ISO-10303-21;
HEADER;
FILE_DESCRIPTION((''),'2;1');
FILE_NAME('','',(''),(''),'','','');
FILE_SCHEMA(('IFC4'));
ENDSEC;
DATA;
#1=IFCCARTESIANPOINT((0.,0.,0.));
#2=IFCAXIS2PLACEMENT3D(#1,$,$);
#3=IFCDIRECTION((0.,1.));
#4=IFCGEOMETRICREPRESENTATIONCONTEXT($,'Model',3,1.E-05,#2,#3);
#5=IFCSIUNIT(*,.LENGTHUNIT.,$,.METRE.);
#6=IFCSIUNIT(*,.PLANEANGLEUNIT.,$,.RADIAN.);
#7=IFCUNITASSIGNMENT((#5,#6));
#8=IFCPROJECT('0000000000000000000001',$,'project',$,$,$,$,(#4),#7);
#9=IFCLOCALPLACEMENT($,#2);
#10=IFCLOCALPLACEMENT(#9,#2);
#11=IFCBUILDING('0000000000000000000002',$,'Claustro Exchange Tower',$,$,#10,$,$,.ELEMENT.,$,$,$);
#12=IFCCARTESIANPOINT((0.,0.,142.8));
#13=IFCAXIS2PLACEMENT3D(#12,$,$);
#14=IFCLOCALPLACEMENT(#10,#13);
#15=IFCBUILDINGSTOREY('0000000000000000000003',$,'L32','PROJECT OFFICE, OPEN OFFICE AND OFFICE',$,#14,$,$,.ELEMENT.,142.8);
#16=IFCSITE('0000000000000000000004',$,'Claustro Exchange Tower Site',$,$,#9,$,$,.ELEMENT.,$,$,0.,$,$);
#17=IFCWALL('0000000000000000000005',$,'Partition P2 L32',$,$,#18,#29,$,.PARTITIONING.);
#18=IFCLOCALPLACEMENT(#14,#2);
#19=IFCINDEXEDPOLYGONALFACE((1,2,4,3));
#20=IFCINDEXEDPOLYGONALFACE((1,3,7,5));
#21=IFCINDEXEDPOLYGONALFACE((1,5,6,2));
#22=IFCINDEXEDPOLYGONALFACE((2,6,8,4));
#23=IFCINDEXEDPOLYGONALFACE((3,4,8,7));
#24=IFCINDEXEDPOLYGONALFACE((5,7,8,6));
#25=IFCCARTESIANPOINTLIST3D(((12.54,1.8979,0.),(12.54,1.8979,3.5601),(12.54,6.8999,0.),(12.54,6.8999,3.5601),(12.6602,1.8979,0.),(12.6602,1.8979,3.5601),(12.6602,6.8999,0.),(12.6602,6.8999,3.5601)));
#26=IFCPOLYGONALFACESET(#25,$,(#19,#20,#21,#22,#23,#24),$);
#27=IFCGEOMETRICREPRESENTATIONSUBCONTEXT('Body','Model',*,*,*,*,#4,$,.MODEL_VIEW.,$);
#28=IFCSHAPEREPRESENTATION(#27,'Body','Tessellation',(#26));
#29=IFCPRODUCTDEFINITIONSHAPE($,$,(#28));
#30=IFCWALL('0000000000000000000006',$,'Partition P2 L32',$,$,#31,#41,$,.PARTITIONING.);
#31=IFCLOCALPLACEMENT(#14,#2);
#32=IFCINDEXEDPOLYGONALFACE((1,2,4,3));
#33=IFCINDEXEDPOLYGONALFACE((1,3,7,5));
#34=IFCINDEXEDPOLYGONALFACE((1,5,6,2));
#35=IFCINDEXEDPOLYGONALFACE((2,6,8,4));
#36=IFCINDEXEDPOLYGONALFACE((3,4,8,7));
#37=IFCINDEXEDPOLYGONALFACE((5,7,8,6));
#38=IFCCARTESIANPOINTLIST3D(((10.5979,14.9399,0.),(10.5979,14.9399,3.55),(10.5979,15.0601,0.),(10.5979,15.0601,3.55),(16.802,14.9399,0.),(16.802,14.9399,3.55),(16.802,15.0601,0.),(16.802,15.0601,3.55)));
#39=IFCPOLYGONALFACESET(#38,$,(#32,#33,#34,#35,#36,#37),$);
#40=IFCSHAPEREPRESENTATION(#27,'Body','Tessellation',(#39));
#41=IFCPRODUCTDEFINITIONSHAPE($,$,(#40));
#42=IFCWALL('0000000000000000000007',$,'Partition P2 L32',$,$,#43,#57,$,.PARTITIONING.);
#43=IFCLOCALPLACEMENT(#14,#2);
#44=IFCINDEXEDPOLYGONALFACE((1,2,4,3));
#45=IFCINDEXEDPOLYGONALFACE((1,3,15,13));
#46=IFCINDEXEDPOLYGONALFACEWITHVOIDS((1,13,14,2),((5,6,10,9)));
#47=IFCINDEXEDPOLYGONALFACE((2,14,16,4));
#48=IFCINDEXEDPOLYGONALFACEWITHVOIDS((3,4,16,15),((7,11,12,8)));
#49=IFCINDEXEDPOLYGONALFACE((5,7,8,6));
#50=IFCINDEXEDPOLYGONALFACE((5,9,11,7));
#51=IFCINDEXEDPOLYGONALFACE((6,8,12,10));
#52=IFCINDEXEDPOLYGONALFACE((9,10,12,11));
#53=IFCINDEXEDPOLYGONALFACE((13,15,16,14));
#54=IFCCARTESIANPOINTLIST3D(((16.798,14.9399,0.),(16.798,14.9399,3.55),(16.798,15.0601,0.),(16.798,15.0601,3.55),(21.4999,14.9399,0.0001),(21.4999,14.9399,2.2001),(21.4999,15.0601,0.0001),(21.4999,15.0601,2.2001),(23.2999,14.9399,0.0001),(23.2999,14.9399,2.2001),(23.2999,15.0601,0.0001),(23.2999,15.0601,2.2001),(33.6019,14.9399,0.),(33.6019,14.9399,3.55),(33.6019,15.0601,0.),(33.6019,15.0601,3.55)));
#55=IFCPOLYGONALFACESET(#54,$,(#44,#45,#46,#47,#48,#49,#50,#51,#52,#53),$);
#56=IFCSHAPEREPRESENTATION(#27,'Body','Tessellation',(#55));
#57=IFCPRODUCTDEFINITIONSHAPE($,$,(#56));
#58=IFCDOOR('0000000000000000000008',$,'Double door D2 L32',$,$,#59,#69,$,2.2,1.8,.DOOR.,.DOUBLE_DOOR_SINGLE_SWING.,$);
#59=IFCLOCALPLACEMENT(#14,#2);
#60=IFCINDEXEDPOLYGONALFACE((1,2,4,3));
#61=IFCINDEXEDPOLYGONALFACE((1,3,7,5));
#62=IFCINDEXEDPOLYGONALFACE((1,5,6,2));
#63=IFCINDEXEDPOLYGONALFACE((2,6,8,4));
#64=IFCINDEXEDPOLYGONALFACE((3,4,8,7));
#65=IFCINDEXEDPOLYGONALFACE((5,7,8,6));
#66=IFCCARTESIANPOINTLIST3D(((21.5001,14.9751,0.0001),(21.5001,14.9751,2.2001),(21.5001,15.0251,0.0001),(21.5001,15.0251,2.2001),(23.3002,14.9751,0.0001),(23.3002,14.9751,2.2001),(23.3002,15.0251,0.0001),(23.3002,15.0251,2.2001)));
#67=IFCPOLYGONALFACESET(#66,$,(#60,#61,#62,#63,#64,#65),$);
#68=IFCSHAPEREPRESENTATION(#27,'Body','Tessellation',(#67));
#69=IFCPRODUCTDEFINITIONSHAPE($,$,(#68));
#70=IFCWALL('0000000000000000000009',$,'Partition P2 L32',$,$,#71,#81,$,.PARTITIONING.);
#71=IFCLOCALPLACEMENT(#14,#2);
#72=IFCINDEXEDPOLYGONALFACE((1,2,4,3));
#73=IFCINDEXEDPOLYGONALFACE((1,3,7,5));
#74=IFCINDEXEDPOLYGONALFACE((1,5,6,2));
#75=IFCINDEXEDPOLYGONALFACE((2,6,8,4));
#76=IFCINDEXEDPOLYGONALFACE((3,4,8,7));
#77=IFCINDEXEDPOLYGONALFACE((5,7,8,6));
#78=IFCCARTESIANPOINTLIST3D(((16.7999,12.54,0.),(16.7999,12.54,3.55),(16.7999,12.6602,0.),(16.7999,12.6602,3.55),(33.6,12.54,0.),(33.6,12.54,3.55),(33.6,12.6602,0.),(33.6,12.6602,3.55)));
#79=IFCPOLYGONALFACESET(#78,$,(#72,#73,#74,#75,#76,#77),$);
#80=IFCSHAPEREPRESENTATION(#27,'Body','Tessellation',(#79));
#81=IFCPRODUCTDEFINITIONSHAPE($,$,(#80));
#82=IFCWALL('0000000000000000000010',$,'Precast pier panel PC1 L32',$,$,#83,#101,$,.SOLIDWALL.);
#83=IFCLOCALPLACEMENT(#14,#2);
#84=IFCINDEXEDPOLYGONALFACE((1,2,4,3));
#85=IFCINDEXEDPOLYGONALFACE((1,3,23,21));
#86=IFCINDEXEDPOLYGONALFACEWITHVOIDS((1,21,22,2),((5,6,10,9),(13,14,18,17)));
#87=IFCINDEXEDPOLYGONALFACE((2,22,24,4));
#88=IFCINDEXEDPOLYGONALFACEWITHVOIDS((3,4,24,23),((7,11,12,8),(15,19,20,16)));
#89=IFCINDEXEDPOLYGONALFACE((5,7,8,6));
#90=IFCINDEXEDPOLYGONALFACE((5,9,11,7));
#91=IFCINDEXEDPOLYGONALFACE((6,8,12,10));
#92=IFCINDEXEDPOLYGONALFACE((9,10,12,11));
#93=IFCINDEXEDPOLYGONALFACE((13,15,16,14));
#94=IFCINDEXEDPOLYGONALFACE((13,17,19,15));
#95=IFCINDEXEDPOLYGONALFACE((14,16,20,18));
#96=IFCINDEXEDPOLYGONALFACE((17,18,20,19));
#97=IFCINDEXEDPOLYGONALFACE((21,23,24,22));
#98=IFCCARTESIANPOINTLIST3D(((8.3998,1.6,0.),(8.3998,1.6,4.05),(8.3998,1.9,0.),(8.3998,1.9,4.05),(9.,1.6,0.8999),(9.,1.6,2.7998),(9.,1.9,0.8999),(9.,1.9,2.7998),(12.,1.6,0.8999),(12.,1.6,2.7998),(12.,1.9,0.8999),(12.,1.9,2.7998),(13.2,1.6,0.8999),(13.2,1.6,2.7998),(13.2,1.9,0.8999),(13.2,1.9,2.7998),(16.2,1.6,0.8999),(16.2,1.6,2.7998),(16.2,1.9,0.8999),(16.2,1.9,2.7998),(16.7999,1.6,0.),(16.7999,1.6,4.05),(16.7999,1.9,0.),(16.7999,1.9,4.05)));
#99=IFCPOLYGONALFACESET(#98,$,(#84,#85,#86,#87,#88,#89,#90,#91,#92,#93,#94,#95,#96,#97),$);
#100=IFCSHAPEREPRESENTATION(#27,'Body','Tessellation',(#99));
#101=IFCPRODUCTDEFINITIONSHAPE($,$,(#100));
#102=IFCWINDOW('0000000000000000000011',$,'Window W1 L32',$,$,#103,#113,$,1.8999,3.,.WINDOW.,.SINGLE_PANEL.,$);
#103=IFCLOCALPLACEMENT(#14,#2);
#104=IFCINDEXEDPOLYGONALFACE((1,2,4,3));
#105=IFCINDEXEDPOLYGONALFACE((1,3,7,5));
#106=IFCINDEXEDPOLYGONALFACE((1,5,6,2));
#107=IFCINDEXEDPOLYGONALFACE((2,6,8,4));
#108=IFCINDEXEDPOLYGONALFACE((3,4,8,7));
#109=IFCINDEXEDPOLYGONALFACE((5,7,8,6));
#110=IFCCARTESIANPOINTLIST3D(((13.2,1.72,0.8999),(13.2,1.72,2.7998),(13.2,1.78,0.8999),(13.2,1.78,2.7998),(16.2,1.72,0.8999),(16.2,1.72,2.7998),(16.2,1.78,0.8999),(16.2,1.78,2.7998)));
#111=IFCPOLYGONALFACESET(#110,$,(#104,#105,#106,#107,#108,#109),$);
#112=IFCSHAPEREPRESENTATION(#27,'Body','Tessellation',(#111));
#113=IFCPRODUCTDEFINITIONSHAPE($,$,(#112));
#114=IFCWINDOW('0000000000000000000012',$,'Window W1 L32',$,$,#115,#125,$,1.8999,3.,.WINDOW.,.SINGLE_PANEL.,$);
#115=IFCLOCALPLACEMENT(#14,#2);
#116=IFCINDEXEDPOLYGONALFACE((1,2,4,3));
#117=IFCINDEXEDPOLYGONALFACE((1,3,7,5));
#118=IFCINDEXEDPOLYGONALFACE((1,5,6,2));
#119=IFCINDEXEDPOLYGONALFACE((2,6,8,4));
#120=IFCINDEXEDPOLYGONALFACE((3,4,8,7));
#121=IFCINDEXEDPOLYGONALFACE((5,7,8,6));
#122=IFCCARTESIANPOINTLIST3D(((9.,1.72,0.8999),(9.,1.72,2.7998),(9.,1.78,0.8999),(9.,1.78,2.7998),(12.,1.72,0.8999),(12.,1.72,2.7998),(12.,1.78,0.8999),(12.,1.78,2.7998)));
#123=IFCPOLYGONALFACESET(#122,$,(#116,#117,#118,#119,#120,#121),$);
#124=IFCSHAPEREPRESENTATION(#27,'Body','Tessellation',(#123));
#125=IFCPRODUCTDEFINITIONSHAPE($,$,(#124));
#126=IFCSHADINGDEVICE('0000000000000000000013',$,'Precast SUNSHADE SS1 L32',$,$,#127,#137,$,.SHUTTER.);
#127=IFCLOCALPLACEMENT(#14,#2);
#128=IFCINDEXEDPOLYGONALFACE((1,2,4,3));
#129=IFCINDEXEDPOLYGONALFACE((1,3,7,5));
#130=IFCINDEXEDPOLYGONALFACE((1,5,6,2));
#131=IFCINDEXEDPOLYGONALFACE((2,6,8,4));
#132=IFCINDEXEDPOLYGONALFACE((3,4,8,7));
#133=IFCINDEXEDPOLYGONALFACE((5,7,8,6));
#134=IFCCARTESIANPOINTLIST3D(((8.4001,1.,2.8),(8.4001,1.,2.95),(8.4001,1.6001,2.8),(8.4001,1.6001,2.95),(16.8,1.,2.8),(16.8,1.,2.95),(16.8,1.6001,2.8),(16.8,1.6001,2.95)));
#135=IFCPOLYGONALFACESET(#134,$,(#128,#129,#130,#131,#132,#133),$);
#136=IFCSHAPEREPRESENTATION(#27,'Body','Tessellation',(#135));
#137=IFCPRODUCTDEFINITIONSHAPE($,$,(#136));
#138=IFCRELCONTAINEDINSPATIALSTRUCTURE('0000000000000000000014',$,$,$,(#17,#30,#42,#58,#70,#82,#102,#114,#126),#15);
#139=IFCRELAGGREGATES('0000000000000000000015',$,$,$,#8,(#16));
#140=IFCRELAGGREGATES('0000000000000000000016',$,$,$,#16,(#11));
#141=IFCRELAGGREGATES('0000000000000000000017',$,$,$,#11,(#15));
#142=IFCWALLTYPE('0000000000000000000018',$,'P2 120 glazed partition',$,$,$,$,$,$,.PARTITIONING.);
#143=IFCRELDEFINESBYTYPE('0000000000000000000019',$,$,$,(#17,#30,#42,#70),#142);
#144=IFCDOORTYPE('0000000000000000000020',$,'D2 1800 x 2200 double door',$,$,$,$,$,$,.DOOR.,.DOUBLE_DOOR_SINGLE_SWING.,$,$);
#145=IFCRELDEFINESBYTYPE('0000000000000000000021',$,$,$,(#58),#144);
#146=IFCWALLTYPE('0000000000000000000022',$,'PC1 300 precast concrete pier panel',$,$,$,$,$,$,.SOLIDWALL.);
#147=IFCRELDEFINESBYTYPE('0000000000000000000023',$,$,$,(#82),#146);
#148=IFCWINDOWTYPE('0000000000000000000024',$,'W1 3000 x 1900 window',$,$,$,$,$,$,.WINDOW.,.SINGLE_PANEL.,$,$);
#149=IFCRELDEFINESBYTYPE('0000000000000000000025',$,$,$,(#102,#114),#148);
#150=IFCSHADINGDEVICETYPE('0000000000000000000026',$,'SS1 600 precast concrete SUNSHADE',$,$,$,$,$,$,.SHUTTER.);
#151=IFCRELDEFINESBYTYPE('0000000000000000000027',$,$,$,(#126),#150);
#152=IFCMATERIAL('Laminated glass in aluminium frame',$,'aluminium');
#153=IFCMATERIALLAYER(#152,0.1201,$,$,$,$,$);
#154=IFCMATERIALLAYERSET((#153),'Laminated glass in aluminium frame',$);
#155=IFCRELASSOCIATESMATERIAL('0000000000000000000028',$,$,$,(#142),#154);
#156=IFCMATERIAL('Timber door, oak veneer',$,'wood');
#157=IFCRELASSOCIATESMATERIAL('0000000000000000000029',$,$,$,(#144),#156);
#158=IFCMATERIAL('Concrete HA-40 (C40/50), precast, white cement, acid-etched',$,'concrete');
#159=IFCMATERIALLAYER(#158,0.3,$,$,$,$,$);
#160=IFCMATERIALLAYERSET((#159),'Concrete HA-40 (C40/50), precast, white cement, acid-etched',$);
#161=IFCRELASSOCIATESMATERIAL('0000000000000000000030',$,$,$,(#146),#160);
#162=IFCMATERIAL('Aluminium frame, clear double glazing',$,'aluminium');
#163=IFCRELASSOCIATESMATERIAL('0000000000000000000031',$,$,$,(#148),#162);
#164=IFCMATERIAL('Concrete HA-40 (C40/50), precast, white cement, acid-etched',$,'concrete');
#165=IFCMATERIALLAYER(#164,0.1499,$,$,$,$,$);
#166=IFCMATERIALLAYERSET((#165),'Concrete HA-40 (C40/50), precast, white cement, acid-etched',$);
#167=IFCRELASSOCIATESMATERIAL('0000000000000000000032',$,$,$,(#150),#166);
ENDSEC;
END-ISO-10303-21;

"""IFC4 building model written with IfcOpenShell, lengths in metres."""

from ifc_helpers import new_model, si_unit, direction, frame, frame_2d, origin, origin_2d, place, context, subcontext, project, spatial, rectangle, extrude, material, layer, layer_set, type_object, element, fill, save


model = new_model("IFC4")

# Units and contexts
model_context = context("Model", 3, precision=1e-05, world=origin(), true_north=direction((0.0, 1.0)))
body_context = subcontext(model_context, "Body", "Model", "MODEL_VIEW")
ifc_project = project(units=[si_unit("LENGTHUNIT", "METRE"), si_unit("PLANEANGLEUNIT", "RADIAN")], contexts=[model_context])

# Site, building, storey
site_placement = place(None, origin())
site = spatial("IfcSite", under=ifc_project, at=site_placement, Name="Claustro Exchange Tower Site", CompositionType="ELEMENT", RefElevation=0.0)
building_placement = place(site_placement, origin())
building = spatial("IfcBuilding", under=site, at=building_placement, Name="Claustro Exchange Tower", CompositionType="ELEMENT")
storey_placement = place(building_placement, frame((0.0, 0.0, 142.8)))
storey = spatial("IfcBuildingStorey", under=building, at=storey_placement, Name="L32", Description="PROJECT OFFICE, OPEN OFFICE AND OFFICE", CompositionType="ELEMENT", Elevation=142.8)

# Walls
ifc_material_1 = material(Name="Laminated glass in aluminium frame", Category="aluminium")
ifc_layer_1 = layer(ifc_material_1, 0.1201)
ifc_layer_set_1 = layer_set([ifc_layer_1], Name="Laminated glass in aluminium frame")
wall_type_1 = type_object("IfcWallType", Name="P2 120 glazed partition", PredefinedType="PARTITIONING", material=ifc_layer_set_1)
wall_1_placement = place(storey_placement, frame((12.6001, 1.8979, 0.0), z_axis=(0.0, 0.0, 1.0), x_axis=(0.0, 1.0, 0.0)))
element("IfcWall", 1, at=wall_1_placement, inside=storey, type_object=wall_type_1, Name="Partition P2 L32", PredefinedType="PARTITIONING", context=body_context, shape_type="SweptSolid", body=[
    extrude(rectangle(XDim=5.002, YDim=0.1201, at=frame_2d((2.501, 0.0))), origin(), (0.0, 0.0, 1.0), 3.5601),
])
wall_2_placement = place(storey_placement, frame((10.5979, 15.0, 0.0), z_axis=(0.0, 0.0, 1.0), x_axis=(1.0, 0.0, 0.0)))
element("IfcWall", 2, at=wall_2_placement, inside=storey, type_object=wall_type_1, Name="Partition P2 L32", PredefinedType="PARTITIONING", context=body_context, shape_type="SweptSolid", body=[
    extrude(rectangle(XDim=6.2041, YDim=0.1201, at=frame_2d((3.1021, 0.0))), origin(), (0.0, 0.0, 1.0), 3.55),
])

# Wall, opening, door
wall_3_placement = place(storey_placement, frame((16.7981, 15.0, 0.0), z_axis=(0.0, 0.0, 1.0), x_axis=(1.0, 0.0, 0.0)))
wall_3 = element("IfcWall", 3, at=wall_3_placement, inside=storey, type_object=wall_type_1, Name="Partition P2 L32", PredefinedType="PARTITIONING", context=body_context, shape_type="SweptSolid", body=[
    extrude(rectangle(XDim=16.804, YDim=0.1201, at=frame_2d((8.4019, 0.0))), origin(), (0.0, 0.0, 1.0), 3.55),
])
opening_1_placement = place(wall_3_placement, frame((4.7019, 0.0, 0.0)))
opening_1 = element("IfcOpeningElement", 4, at=opening_1_placement, cuts=wall_3, PredefinedType="OPENING", context=body_context, shape_type="SweptSolid", body=[
    extrude(rectangle(XDim=1.8, YDim=2.2, at=frame_2d((0.8999, 1.1001))), frame((0.0, 0.0701, 0.0), z_axis=(0.0, -1.0, 0.0), x_axis=(1.0, 0.0, 0.0)), (0.0, 0.0, 1.0), 0.1401),
])
ifc_material_2 = material(Name="Timber door, oak veneer", Category="wood")
door_type_1 = type_object("IfcDoorType", Name="D2 1800 x 2200 double door", OperationType="DOUBLE_DOOR_SINGLE_SWING", PredefinedType="DOOR", material=ifc_material_2)
door_1_placement = place(opening_1_placement, frame((1.8, 0.0, 0.0), z_axis=(0.0, 0.0, 1.0), x_axis=(-1.0, 0.0, 0.0)))
door_1 = element("IfcDoor", 5, at=door_1_placement, inside=storey, type_object=door_type_1, Name="Double door D2 L32", OperationType="DOUBLE_DOOR_SINGLE_SWING", OverallHeight=2.2, OverallWidth=1.8, PredefinedType="DOOR", context=body_context, shape_type="SweptSolid", body=[
    extrude(rectangle(XDim=1.8, YDim=2.2, at=frame_2d((0.8999, 1.1001))), frame((0.0, 0.0249, 0.0), z_axis=(0.0, -1.0, 0.0), x_axis=(1.0, 0.0, 0.0)), (0.0, 0.0, 1.0), 0.05),
])
fill(opening_1, door_1)

# Wall
wall_4_placement = place(storey_placement, frame((16.8, 12.6001, 0.0), z_axis=(0.0, 0.0, 1.0), x_axis=(1.0, 0.0, 0.0)))
element("IfcWall", 6, at=wall_4_placement, inside=storey, type_object=wall_type_1, Name="Partition P2 L32", PredefinedType="PARTITIONING", context=body_context, shape_type="SweptSolid", body=[
    extrude(rectangle(XDim=16.8, YDim=0.1201, at=frame_2d((8.3999, 0.0))), origin(), (0.0, 0.0, 1.0), 3.55),
])

# Wall, openings, windows
ifc_material_3 = material(Name="Concrete HA-40 (C40/50), precast, white cement, acid-etched", Category="concrete")
ifc_layer_2 = layer(ifc_material_3, 0.3)
ifc_layer_set_2 = layer_set([ifc_layer_2], Name="Concrete HA-40 (C40/50), precast, white cement, acid-etched")
wall_type_2 = type_object("IfcWallType", Name="PC1 300 precast concrete pier panel", PredefinedType="SOLIDWALL", material=ifc_layer_set_2)
wall_5_placement = place(storey_placement, frame((16.8, 1.75, 0.0), z_axis=(0.0, 0.0, 1.0), x_axis=(-1.0, 0.0, 0.0)))
wall_5 = element("IfcWall", 7, at=wall_5_placement, inside=storey, type_object=wall_type_2, Name="Precast pier panel PC1 L32", PredefinedType="SOLIDWALL", context=body_context, shape_type="SweptSolid", body=[
    extrude(rectangle(XDim=8.4001, YDim=0.3, at=frame_2d((4.2002, 0.0))), origin(), (0.0, 0.0, 1.0), 4.05),
])
opening_2_placement = place(wall_5_placement, frame((0.6001, 0.0, 0.8999)))
opening_2 = element("IfcOpeningElement", 8, at=opening_2_placement, cuts=wall_5, PredefinedType="OPENING", context=body_context, shape_type="SweptSolid", body=[
    extrude(rectangle(XDim=3.0, YDim=1.8999, at=frame_2d((1.5, 0.95))), frame((0.0, 0.1599, 0.0), z_axis=(0.0, -1.0, 0.0), x_axis=(1.0, 0.0, 0.0)), (0.0, 0.0, 1.0), 0.3201),
])
opening_3_placement = place(wall_5_placement, frame((4.8, 0.0, 0.8999)))
opening_3 = element("IfcOpeningElement", 9, at=opening_3_placement, cuts=wall_5, PredefinedType="OPENING", context=body_context, shape_type="SweptSolid", body=[
    extrude(rectangle(XDim=3.0, YDim=1.8999, at=frame_2d((1.5, 0.95))), frame((0.0, 0.1599, 0.0), z_axis=(0.0, -1.0, 0.0), x_axis=(1.0, 0.0, 0.0)), (0.0, 0.0, 1.0), 0.3201),
])
ifc_material_4 = material(Name="Aluminium frame, clear double glazing", Category="aluminium")
window_type = type_object("IfcWindowType", Name="W1 3000 x 1900 window", PartitioningType="SINGLE_PANEL", PredefinedType="WINDOW", material=ifc_material_4)
window_1_placement = place(opening_2_placement, origin())
window_1 = element("IfcWindow", 10, at=window_1_placement, inside=storey, type_object=window_type, Name="Window W1 L32", OverallHeight=1.8999, OverallWidth=3.0, PartitioningType="SINGLE_PANEL", PredefinedType="WINDOW", context=body_context, shape_type="SweptSolid", body=[
    extrude(rectangle(XDim=3.0, YDim=1.8999, at=frame_2d((1.5, 0.95))), frame((0.0, 0.03, 0.0), z_axis=(0.0, -1.0, 0.0), x_axis=(1.0, 0.0, 0.0)), (0.0, 0.0, 1.0), 0.0601),
])
fill(opening_2, window_1)
window_2_placement = place(opening_3_placement, origin())
window_2 = element("IfcWindow", 11, at=window_2_placement, inside=storey, type_object=window_type, Name="Window W1 L32", OverallHeight=1.8999, OverallWidth=3.0, PartitioningType="SINGLE_PANEL", PredefinedType="WINDOW", context=body_context, shape_type="SweptSolid", body=[
    extrude(rectangle(XDim=3.0, YDim=1.8999, at=frame_2d((1.5, 0.95))), frame((0.0, 0.03, 0.0), z_axis=(0.0, -1.0, 0.0), x_axis=(1.0, 0.0, 0.0)), (0.0, 0.0, 1.0), 0.0601),
])
fill(opening_3, window_2)

# Shading device
ifc_material_5 = material(Name="Concrete HA-40 (C40/50), precast, white cement, acid-etched", Category="concrete")
ifc_layer_3 = layer(ifc_material_5, 0.1499)
ifc_layer_set_3 = layer_set([ifc_layer_3], Name="Concrete HA-40 (C40/50), precast, white cement, acid-etched")
shading_device_type = type_object("IfcShadingDeviceType", Name="SS1 600 precast concrete SUNSHADE", PredefinedType="SHUTTER", material=ifc_layer_set_3)
shading_device_placement = place(storey_placement, frame((12.6001, 1.3, 2.8), z_axis=(0.0, 0.0, 1.0), x_axis=(-1.0, 0.0, 0.0)))
element("IfcShadingDevice", 12, at=shading_device_placement, inside=storey, type_object=shading_device_type, Name="Precast SUNSHADE SS1 L32", PredefinedType="SHUTTER", context=body_context, shape_type="SweptSolid", body=[
    extrude(rectangle(XDim=8.3999, YDim=0.6001, at=origin_2d()), origin(), (0.0, 0.0, 1.0), 0.1499),
])

save(model, "model.ifc")
